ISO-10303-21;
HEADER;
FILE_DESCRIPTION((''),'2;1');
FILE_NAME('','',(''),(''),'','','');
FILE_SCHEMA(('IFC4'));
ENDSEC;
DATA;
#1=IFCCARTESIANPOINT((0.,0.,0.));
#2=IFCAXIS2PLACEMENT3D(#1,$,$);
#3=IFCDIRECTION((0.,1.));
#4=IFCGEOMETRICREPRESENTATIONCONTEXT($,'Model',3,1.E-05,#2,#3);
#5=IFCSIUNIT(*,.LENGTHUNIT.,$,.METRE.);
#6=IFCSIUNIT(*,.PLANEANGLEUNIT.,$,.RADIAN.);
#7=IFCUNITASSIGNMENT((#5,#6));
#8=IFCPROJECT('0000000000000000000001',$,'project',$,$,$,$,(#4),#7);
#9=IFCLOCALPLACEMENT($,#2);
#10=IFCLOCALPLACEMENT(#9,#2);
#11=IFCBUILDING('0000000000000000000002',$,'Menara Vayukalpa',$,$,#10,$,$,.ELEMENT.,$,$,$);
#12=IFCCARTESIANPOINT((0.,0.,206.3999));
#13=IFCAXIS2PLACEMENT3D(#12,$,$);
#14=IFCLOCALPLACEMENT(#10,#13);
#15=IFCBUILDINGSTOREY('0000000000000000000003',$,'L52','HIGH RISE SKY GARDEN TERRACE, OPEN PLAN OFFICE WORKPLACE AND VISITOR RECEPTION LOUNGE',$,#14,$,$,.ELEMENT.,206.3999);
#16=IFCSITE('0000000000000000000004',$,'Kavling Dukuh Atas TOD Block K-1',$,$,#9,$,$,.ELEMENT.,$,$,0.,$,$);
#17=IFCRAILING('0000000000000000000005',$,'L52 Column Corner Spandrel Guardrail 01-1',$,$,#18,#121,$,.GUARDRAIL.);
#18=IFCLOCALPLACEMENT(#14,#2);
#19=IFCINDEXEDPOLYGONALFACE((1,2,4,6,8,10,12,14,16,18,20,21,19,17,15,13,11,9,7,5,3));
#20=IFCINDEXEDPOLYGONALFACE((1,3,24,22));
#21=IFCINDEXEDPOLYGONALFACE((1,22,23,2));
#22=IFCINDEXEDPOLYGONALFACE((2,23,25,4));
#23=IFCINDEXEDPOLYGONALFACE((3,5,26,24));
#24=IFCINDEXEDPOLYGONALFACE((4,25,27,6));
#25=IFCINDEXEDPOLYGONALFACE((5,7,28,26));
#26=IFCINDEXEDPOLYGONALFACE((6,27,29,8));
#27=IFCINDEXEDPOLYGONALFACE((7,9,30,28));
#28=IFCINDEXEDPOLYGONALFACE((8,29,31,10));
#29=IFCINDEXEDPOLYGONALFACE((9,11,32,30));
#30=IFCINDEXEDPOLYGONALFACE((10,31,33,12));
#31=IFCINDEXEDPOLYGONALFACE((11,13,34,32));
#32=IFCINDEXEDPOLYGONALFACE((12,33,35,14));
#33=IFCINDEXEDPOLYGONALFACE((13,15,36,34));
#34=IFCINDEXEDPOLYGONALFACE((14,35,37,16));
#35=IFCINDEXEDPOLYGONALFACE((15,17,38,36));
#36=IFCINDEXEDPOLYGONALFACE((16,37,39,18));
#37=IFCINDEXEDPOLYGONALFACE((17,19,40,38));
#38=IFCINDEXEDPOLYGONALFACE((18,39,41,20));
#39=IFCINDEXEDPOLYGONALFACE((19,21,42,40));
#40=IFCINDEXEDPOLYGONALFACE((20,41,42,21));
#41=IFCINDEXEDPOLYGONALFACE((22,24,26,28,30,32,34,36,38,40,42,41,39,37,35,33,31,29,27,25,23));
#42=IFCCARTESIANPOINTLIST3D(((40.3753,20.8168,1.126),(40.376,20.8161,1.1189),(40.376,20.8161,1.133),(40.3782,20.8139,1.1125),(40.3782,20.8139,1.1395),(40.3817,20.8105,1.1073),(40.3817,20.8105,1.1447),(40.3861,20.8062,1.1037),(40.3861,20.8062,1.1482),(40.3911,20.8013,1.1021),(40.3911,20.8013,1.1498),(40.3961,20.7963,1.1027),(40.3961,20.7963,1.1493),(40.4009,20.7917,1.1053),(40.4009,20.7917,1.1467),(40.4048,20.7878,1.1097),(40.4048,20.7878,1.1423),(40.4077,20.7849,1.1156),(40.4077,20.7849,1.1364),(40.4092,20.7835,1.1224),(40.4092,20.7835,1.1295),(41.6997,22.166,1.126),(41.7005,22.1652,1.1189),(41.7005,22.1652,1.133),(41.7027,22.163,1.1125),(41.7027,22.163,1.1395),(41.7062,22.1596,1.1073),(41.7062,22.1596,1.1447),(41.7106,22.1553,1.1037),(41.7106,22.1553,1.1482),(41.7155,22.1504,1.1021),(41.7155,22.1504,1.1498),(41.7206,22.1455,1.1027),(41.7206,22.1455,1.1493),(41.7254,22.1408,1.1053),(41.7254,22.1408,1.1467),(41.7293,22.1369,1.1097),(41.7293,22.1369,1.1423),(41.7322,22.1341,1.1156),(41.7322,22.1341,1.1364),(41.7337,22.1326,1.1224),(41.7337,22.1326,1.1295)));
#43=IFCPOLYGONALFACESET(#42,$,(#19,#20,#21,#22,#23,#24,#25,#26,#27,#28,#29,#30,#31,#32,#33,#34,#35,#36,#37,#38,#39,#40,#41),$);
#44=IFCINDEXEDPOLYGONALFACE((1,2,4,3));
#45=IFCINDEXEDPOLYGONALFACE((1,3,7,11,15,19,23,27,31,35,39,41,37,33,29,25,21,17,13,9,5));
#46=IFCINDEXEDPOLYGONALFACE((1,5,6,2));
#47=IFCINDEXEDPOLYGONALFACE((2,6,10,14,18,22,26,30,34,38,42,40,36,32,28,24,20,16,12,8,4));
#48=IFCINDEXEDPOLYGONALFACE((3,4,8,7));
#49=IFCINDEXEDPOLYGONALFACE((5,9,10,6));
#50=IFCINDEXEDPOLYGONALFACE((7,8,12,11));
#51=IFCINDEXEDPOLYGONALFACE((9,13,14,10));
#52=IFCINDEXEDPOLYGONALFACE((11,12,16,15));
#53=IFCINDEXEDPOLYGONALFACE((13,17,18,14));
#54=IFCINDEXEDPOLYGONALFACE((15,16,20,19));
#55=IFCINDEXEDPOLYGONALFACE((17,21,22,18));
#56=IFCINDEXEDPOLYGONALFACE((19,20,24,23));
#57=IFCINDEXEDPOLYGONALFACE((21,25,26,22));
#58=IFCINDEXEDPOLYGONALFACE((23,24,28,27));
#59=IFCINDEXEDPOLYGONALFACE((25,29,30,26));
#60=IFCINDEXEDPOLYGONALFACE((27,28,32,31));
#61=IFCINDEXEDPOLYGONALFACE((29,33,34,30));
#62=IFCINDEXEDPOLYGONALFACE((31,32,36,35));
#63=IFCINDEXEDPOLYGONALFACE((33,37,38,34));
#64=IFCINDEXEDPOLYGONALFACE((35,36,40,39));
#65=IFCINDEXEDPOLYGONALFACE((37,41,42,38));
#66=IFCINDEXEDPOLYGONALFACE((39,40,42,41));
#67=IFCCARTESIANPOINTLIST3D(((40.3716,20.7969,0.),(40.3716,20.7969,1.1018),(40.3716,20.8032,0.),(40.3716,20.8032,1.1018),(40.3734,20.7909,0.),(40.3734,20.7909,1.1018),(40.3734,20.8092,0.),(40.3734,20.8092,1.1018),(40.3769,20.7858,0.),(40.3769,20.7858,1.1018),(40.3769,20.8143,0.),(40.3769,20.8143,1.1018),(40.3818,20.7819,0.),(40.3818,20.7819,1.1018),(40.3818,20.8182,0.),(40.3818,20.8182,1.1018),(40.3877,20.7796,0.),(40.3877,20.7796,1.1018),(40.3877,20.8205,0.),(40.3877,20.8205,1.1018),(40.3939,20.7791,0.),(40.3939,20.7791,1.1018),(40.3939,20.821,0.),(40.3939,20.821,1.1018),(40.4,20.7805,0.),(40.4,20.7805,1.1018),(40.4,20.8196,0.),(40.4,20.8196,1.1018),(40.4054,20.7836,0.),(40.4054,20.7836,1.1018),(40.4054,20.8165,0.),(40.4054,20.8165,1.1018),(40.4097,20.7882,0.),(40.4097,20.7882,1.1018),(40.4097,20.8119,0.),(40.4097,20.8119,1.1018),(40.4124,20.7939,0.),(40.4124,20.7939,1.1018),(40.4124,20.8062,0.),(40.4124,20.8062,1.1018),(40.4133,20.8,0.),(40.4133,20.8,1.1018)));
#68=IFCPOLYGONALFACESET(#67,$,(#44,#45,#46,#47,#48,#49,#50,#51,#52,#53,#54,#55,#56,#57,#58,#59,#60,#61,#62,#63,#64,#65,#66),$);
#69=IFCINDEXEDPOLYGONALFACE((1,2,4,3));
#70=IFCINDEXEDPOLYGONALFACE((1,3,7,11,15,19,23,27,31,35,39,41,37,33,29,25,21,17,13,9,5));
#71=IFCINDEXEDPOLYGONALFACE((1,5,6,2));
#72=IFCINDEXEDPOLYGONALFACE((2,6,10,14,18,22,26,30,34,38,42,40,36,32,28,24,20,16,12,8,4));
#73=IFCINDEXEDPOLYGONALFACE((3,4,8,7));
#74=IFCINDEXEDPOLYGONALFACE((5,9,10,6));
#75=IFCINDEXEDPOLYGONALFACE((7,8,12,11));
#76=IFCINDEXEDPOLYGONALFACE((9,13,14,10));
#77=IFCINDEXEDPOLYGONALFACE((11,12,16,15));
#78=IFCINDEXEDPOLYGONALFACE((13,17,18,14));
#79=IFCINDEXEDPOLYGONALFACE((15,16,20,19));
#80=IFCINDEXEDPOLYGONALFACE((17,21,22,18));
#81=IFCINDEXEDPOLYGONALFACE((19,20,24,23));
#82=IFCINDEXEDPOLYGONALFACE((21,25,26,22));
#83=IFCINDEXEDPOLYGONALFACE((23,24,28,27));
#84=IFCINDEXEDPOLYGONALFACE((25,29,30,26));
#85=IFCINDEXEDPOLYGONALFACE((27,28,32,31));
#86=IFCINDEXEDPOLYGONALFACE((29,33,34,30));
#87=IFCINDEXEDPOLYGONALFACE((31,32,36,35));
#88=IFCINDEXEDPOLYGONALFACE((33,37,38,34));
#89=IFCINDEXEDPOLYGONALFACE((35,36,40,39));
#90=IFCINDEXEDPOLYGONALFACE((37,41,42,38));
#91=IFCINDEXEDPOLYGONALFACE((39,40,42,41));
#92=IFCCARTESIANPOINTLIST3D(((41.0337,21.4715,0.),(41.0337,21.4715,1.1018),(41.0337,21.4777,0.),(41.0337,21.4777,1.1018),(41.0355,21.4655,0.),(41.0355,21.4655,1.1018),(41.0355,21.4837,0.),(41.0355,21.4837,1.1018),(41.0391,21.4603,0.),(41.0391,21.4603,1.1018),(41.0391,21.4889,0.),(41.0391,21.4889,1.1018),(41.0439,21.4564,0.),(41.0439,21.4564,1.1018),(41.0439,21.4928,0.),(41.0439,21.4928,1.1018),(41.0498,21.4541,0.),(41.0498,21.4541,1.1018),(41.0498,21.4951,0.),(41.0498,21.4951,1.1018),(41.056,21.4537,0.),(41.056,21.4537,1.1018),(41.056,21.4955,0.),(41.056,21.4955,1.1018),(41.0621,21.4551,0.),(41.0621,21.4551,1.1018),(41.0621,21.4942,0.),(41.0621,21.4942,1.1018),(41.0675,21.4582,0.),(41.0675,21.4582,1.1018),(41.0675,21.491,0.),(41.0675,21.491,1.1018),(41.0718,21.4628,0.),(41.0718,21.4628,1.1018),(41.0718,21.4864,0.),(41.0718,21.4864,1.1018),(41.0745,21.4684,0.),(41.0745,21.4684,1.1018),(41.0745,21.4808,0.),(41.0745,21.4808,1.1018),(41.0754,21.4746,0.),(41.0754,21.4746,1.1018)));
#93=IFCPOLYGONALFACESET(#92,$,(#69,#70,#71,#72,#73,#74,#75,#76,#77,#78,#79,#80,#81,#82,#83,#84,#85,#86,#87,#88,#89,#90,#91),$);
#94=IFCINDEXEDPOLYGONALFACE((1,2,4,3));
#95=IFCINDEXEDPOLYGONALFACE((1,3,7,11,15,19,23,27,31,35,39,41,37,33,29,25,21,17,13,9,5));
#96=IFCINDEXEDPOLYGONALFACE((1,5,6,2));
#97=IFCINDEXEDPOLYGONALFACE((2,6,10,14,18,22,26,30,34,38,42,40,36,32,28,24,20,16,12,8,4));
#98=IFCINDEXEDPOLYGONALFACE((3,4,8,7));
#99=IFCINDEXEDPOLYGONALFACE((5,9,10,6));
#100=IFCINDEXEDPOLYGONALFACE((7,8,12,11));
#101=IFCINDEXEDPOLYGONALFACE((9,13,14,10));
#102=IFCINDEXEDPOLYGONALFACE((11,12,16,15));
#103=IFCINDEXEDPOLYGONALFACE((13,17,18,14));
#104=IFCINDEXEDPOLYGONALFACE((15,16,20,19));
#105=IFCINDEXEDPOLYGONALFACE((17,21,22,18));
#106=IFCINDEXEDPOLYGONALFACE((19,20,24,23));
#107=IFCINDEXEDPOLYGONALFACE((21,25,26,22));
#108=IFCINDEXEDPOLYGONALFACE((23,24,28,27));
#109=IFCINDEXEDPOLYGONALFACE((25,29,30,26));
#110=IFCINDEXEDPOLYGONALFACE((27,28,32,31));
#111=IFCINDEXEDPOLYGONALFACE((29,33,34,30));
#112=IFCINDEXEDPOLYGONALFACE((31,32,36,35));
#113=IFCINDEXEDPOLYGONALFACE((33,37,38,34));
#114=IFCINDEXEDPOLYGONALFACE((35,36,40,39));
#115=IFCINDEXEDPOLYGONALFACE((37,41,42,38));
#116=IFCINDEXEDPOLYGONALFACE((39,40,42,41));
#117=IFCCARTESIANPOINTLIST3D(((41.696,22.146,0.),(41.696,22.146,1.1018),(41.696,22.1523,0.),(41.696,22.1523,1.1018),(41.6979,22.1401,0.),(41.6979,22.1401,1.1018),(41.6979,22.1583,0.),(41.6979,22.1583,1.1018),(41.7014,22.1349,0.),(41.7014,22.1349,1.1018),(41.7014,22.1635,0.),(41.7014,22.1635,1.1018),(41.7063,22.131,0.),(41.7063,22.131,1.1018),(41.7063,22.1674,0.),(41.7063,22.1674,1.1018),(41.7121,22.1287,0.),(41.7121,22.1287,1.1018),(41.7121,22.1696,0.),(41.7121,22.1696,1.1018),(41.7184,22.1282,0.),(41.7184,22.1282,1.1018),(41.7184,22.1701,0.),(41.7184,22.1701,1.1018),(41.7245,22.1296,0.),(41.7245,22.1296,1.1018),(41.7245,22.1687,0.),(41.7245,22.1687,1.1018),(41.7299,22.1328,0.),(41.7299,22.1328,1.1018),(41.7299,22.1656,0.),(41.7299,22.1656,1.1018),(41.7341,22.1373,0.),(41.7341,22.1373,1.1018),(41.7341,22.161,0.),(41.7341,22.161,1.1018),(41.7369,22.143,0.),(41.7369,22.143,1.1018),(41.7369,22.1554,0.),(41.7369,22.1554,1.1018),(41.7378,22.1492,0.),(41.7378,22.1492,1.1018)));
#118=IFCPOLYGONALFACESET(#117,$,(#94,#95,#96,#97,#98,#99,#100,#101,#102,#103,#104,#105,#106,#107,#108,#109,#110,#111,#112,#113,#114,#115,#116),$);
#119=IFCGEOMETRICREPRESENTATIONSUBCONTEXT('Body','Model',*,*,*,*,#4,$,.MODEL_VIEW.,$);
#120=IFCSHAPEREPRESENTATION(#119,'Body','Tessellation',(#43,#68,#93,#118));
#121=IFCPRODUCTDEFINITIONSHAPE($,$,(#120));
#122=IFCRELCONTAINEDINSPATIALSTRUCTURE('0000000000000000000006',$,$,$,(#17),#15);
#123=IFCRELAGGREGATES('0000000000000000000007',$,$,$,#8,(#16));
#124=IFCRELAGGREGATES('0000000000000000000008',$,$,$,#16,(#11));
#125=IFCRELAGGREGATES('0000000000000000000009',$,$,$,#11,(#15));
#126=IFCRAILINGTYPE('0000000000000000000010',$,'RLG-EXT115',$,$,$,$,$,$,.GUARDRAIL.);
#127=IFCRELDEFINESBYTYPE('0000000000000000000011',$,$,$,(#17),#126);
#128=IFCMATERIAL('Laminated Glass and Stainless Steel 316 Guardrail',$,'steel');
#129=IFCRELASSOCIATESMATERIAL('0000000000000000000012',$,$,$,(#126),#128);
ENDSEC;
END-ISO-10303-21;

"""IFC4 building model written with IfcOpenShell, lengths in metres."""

from ifc_helpers import new_model, si_unit, direction, frame, origin, origin_2d, place, context, subcontext, project, spatial, circle, extrude, material, type_object, element, save


model = new_model("IFC4")

# Units and contexts
model_context = context("Model", 3, precision=1e-05, world=origin(), true_north=direction((0.0, 1.0)))
body_context = subcontext(model_context, "Body", "Model", "MODEL_VIEW")
ifc_project = project(units=[si_unit("LENGTHUNIT", "METRE"), si_unit("PLANEANGLEUNIT", "RADIAN")], contexts=[model_context])

# Site, building, storey
site_placement = place(None, origin())
site = spatial("IfcSite", under=ifc_project, at=site_placement, Name="Kavling Dukuh Atas TOD Block K-1", CompositionType="ELEMENT", RefElevation=0.0)
building_placement = place(site_placement, origin())
building = spatial("IfcBuilding", under=site, at=building_placement, Name="Menara Vayukalpa", CompositionType="ELEMENT")
storey_placement = place(building_placement, frame((0.0, 0.0, 206.3999)))
storey = spatial("IfcBuildingStorey", under=building, at=storey_placement, Name="L52", Description="HIGH RISE SKY GARDEN TERRACE, OPEN PLAN OFFICE WORKPLACE AND VISITOR RECEPTION LOUNGE", CompositionType="ELEMENT", Elevation=206.3999)

# Railing
ifc_material_1 = material(Name="Laminated Glass and Stainless Steel 316 Guardrail", Category="steel")
railing_type_1 = type_object("IfcRailingType", Name="RLG-EXT115", PredefinedType="GUARDRAIL", material=ifc_material_1)
railing_1_placement = place(storey_placement, frame((40.3923, 20.8, 0.0)))
element("IfcRailing", 1, at=railing_1_placement, inside=storey, type_object=railing_type_1, Name="L52 Column Corner Spandrel Guardrail 01-1", PredefinedType="GUARDRAIL", context=body_context, shape_type="SweptSolid", body=[
    extrude(circle(Radius=0.0239, at=origin_2d()), frame((0.0, 0.0, 1.126), z_axis=(0.700555, 0.713598, 0.0), x_axis=(-0.713598, 0.700555, 0.0)), (0.0, 0.0, 1.0), 1.8906),
    extrude(circle(Radius=0.021, at=origin_2d()), origin(), (0.0, 0.0, 1.0), 1.1018),
    extrude(circle(Radius=0.021, at=origin_2d()), frame((0.6621, 0.6746, 0.0)), (0.0, 0.0, 1.0), 1.1018),
    extrude(circle(Radius=0.021, at=origin_2d()), frame((1.3245, 1.3491, 0.0)), (0.0, 0.0, 1.0), 1.1018),
])

save(model, "model.ifc")
